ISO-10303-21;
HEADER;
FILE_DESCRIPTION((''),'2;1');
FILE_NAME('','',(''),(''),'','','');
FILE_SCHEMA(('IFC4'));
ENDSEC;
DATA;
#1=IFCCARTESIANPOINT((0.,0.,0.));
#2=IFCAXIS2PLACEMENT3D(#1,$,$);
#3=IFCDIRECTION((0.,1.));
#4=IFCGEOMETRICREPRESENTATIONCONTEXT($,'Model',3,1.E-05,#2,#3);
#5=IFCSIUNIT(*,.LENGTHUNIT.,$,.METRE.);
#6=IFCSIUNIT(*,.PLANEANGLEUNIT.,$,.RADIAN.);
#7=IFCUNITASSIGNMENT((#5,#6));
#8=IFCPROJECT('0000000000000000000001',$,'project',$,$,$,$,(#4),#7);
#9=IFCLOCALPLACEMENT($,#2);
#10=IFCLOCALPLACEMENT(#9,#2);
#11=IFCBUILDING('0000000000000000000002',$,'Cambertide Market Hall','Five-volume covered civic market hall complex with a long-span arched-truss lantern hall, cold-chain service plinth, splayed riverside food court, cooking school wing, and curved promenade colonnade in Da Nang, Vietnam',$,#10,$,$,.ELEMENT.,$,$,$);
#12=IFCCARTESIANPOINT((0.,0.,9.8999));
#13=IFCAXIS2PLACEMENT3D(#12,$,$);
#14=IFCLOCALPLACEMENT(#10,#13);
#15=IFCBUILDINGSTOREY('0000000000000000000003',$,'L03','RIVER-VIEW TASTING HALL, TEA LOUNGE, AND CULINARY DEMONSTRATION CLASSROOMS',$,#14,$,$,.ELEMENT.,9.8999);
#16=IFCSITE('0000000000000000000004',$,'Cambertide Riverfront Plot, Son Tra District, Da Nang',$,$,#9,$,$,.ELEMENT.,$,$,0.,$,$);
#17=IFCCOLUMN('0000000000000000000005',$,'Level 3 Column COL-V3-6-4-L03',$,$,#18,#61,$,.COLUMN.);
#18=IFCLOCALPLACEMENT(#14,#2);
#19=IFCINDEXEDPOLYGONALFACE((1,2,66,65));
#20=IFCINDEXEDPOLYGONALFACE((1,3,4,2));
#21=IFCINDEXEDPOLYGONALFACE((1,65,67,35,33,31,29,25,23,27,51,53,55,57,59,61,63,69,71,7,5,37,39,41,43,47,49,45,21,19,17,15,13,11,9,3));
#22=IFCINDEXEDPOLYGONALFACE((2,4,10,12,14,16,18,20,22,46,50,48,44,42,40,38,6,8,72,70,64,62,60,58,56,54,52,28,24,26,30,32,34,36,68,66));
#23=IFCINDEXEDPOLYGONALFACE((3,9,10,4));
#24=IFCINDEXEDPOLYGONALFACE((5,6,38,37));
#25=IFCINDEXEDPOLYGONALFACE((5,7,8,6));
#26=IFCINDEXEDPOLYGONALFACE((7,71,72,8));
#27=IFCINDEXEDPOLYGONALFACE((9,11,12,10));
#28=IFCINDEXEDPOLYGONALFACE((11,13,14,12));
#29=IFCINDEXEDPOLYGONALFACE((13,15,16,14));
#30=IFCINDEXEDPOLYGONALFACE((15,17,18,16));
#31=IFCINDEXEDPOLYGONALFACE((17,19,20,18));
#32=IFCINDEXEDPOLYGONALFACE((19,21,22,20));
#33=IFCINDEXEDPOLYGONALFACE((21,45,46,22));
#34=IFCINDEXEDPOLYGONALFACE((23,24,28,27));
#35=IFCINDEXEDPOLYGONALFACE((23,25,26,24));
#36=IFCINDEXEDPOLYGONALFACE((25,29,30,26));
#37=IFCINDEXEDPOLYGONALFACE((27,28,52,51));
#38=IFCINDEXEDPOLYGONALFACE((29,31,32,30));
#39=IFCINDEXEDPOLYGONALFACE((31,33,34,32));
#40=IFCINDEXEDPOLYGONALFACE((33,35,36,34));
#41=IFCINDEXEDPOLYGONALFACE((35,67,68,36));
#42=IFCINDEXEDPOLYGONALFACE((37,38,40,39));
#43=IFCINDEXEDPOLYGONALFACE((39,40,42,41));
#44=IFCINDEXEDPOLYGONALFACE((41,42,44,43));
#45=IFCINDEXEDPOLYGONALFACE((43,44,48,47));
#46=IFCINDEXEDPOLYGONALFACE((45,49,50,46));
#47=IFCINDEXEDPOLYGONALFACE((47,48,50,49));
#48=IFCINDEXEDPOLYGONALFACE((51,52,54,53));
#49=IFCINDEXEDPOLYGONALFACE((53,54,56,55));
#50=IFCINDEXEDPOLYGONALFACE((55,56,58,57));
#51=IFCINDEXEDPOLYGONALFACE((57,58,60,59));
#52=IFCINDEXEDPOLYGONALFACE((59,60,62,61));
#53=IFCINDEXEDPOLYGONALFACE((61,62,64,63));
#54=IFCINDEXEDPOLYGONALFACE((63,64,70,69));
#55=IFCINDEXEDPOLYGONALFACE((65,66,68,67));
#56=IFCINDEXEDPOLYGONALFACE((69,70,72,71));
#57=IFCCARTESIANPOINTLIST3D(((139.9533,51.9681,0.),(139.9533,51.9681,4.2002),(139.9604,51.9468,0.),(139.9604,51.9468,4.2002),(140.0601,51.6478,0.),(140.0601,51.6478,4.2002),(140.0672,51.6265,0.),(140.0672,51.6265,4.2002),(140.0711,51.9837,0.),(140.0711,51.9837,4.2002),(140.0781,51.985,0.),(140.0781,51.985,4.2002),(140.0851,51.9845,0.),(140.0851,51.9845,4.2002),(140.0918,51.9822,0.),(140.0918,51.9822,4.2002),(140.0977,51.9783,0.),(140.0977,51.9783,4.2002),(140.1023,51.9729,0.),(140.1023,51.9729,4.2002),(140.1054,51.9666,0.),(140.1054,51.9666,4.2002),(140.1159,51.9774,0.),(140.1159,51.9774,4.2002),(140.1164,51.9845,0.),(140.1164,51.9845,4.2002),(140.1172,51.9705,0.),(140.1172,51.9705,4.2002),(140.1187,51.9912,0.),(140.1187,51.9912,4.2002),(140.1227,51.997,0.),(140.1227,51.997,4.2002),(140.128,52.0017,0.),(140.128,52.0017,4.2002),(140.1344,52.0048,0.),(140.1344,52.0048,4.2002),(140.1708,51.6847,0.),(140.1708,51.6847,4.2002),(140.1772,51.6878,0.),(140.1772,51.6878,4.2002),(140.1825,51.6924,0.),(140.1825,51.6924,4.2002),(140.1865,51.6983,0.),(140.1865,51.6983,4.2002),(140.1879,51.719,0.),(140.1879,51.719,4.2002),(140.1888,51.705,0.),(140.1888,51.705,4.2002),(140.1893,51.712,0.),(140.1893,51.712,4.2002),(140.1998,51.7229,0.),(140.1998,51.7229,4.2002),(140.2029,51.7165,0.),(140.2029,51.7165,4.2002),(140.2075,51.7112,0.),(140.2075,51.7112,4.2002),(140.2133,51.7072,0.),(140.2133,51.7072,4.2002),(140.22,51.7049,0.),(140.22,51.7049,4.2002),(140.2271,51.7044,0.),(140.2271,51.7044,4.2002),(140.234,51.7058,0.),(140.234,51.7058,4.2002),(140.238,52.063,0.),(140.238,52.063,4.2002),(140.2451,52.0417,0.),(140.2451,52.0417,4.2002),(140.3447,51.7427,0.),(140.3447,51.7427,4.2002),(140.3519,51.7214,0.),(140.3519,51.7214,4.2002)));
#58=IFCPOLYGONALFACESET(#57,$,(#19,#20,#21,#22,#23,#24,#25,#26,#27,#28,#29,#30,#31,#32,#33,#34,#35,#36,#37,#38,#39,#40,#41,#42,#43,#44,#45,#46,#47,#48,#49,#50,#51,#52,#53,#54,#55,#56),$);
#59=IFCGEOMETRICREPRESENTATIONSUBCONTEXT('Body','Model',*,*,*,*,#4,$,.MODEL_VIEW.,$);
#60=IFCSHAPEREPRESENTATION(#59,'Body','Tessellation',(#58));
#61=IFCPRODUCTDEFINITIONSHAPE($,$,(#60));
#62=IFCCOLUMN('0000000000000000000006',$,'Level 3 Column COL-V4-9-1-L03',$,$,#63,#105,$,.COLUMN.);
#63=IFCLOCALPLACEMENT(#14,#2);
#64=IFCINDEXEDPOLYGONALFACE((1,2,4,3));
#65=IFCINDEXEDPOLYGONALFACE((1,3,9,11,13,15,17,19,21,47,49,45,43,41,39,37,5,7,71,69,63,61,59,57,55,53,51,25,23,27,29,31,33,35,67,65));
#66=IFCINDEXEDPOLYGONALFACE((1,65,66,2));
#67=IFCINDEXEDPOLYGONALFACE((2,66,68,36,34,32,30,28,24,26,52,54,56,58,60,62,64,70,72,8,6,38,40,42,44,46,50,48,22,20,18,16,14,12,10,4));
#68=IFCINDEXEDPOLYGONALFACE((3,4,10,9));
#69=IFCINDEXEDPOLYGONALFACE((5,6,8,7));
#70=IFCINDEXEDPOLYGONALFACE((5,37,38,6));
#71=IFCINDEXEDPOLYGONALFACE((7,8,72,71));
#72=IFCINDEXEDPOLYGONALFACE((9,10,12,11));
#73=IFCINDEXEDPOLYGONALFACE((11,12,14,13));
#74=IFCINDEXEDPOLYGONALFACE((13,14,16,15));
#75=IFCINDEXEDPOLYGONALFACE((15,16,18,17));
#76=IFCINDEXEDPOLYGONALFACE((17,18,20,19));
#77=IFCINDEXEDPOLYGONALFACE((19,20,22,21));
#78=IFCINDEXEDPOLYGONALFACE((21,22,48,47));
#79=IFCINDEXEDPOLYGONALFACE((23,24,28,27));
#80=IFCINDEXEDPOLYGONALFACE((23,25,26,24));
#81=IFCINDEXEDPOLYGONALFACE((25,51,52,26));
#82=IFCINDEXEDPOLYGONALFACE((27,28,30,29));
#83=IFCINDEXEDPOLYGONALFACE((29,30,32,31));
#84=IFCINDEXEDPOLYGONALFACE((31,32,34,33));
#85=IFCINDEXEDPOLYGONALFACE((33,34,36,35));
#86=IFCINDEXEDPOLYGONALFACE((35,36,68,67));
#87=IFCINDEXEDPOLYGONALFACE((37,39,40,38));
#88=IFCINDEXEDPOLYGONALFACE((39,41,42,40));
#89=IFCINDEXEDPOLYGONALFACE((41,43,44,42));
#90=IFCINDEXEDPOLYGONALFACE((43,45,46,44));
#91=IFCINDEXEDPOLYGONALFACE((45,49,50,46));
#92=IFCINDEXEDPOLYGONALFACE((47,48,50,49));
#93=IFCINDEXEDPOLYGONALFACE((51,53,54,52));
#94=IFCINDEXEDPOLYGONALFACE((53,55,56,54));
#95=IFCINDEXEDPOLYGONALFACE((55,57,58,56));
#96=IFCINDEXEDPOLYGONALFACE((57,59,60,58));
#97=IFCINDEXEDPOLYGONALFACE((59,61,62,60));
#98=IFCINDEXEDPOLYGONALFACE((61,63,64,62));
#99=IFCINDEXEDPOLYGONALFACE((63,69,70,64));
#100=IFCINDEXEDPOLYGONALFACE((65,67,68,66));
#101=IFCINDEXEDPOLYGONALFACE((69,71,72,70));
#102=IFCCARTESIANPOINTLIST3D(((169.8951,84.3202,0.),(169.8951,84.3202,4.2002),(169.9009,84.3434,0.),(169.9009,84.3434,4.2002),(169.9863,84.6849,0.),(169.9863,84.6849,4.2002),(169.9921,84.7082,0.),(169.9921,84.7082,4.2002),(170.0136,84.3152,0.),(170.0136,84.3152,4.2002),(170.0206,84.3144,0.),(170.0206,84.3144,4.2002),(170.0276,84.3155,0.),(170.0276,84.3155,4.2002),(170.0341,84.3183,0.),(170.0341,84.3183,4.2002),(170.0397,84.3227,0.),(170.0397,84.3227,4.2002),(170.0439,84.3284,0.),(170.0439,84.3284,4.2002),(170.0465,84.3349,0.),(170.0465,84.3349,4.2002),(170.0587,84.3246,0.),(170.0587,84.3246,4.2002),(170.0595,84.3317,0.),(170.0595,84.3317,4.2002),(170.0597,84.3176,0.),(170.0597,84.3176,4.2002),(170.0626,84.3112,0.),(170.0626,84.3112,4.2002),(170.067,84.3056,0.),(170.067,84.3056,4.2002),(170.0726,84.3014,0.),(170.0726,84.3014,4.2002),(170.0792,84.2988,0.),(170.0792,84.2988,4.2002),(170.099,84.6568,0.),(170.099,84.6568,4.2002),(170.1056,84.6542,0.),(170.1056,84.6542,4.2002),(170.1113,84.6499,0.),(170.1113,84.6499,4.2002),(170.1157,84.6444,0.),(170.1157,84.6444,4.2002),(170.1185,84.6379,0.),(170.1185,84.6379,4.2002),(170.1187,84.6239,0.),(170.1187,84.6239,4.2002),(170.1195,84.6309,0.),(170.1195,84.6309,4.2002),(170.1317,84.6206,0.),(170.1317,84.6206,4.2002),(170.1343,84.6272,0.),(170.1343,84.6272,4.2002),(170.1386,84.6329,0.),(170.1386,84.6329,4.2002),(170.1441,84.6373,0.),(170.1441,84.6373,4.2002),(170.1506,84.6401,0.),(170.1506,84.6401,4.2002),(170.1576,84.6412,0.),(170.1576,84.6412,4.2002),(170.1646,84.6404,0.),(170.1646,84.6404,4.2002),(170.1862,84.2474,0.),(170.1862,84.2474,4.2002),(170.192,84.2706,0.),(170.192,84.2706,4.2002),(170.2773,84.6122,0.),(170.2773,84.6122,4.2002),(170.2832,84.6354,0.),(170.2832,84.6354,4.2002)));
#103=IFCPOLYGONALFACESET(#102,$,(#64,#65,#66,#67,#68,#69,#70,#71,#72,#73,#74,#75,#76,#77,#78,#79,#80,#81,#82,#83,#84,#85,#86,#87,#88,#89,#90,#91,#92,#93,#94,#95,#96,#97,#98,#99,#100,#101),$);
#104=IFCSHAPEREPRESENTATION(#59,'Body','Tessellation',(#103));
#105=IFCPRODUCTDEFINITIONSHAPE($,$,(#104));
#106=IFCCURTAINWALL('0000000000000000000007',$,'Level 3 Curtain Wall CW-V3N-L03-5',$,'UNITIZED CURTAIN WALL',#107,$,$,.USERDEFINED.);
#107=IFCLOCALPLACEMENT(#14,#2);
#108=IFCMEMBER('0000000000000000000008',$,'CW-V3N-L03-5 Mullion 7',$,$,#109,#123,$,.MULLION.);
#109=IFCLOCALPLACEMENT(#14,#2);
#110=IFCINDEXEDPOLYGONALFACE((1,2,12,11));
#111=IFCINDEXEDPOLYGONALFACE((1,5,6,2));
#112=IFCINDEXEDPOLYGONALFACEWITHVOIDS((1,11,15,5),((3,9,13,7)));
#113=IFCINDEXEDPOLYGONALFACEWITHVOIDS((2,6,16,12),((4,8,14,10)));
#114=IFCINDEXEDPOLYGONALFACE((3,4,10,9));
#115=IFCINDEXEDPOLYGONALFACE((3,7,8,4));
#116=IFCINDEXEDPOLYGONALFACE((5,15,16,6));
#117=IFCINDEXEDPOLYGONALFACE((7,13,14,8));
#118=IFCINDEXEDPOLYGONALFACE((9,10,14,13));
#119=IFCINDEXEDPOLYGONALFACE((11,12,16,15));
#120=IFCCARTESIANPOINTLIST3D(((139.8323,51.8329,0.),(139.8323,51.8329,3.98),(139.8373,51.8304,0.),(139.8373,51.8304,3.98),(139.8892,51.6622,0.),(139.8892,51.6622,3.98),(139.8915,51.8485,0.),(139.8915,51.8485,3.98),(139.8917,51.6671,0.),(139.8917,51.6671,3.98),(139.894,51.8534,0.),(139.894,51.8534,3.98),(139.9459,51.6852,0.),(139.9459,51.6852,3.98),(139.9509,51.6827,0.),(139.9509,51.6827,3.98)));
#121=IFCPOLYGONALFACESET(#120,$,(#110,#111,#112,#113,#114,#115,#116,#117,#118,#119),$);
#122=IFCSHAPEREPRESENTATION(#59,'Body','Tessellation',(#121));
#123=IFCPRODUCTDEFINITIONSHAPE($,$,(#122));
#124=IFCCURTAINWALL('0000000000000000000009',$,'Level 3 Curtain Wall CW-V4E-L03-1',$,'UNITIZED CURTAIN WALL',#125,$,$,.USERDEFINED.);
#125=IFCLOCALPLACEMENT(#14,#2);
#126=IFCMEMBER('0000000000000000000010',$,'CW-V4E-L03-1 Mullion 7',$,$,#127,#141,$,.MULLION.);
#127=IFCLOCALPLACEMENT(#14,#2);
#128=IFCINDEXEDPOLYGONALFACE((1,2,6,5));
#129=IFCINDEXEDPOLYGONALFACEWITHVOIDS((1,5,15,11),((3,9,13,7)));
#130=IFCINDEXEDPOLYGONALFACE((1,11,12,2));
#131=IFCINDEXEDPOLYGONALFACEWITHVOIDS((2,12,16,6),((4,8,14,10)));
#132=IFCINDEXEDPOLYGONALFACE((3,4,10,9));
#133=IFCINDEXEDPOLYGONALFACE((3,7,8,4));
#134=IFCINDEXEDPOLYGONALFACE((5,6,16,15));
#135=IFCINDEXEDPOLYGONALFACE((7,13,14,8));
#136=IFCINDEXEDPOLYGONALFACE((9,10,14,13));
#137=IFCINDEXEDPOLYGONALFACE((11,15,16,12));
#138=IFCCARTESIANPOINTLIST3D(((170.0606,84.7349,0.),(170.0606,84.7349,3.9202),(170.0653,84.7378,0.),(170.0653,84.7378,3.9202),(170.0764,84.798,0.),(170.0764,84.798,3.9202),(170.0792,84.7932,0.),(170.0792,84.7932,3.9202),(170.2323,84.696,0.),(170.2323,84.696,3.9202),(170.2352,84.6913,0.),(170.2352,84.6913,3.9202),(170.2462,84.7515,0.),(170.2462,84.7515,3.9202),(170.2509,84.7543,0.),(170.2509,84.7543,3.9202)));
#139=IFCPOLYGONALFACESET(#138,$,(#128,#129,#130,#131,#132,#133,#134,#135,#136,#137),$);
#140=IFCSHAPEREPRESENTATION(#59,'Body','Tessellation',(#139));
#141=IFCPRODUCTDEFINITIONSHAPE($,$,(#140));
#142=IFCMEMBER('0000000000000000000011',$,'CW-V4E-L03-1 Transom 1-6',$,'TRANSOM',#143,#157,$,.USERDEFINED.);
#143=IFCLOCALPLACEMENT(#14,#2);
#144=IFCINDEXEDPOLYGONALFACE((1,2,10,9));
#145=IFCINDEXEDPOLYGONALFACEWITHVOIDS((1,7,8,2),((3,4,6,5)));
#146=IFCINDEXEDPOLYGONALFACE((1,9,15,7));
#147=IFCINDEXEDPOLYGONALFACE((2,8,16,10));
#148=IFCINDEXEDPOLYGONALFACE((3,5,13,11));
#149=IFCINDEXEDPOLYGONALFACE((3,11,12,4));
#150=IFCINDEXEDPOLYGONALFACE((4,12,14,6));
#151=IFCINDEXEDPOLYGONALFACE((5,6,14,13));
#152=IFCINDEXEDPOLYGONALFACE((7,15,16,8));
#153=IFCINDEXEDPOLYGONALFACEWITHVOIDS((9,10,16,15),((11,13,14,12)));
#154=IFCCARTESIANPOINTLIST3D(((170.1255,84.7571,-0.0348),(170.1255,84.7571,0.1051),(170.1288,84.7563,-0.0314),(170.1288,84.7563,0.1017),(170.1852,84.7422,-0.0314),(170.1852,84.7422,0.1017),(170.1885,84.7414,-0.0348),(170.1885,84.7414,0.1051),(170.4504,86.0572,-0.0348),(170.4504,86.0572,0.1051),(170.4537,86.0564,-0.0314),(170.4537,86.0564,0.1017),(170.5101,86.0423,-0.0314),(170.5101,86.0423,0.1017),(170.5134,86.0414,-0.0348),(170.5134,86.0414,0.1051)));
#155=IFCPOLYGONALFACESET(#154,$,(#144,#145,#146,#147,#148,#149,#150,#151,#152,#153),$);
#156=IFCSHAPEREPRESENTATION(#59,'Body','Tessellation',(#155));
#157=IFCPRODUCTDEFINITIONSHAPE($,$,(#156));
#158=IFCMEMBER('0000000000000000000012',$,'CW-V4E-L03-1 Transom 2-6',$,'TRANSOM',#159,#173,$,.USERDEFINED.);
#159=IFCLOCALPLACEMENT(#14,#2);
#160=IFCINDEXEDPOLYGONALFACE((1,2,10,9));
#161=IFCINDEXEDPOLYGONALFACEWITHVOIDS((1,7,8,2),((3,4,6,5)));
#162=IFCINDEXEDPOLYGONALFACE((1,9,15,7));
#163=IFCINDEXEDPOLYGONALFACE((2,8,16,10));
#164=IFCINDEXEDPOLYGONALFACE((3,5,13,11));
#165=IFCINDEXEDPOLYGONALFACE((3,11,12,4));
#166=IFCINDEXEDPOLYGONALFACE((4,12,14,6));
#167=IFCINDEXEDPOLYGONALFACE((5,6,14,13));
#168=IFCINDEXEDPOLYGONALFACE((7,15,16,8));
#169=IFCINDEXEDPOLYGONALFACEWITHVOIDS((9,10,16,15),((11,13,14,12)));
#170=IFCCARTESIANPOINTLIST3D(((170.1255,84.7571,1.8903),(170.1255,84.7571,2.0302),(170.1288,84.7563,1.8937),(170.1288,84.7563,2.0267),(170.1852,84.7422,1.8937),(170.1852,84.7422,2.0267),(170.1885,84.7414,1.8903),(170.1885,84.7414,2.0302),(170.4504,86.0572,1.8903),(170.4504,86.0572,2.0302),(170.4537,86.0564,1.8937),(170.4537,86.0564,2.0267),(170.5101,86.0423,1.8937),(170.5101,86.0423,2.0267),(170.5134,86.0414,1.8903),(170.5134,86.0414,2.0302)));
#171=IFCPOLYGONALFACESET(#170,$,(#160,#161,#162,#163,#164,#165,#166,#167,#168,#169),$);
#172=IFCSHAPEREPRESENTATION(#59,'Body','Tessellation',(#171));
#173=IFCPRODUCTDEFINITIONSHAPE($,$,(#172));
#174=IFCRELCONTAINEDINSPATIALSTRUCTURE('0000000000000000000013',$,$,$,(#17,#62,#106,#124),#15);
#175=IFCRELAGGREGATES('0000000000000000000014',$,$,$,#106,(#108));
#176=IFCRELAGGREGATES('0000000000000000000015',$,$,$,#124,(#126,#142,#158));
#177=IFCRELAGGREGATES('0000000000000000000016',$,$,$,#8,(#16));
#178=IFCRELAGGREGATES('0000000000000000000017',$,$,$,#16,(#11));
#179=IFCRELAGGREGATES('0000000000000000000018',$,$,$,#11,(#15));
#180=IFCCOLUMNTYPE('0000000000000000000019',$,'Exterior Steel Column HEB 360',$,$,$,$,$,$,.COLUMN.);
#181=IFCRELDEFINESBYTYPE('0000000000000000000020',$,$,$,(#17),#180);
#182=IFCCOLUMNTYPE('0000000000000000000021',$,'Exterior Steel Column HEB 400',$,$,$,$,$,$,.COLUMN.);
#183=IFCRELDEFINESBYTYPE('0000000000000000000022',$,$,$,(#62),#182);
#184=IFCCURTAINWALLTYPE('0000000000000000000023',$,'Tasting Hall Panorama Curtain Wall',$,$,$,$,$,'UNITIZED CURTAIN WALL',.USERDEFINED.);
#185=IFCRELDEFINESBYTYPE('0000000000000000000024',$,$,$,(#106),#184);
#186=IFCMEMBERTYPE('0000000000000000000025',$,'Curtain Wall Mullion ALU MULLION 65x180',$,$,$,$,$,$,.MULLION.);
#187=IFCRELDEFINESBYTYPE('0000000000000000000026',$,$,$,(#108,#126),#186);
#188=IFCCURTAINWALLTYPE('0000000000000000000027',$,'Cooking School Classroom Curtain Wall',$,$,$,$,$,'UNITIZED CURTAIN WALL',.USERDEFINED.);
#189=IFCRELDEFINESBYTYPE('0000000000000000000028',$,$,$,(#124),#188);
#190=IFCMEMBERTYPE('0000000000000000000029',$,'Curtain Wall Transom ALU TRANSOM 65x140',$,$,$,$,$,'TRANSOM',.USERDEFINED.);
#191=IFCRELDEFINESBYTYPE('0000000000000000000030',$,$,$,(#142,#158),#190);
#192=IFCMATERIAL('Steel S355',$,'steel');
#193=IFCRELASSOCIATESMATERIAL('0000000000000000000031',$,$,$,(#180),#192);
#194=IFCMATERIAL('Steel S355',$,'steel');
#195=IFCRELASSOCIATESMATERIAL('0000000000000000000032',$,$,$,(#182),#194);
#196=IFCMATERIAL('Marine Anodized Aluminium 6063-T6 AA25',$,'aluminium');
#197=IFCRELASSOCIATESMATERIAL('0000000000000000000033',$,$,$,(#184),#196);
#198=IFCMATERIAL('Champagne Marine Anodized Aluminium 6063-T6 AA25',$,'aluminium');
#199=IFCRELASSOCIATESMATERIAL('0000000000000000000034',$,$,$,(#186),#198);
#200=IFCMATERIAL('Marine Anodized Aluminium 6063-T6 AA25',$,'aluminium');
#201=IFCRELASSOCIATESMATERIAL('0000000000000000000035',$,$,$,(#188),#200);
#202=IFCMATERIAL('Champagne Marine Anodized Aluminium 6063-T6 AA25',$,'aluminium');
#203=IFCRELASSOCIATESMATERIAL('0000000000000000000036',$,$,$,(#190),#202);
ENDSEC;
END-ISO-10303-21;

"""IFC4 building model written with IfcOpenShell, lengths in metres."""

from ifc_helpers import new_model, si_unit, direction, frame, origin, origin_2d, place, context, subcontext, project, spatial, hollow_rectangle, i_section, extrude, material, material_profile, profile_set, type_object, element, aggregate, save


model = new_model("IFC4")

# Units and contexts
model_context = context("Model", 3, precision=1e-05, world=origin(), true_north=direction((0.0, 1.0)))
body_context = subcontext(model_context, "Body", "Model", "MODEL_VIEW")
ifc_project = project(units=[si_unit("LENGTHUNIT", "METRE"), si_unit("PLANEANGLEUNIT", "RADIAN")], contexts=[model_context])

# Site, building, storey
site_placement = place(None, origin())
site = spatial("IfcSite", under=ifc_project, at=site_placement, Name="Cambertide Riverfront Plot, Son Tra District, Da Nang", CompositionType="ELEMENT", RefElevation=0.0)
building_placement = place(site_placement, origin())
building = spatial("IfcBuilding", under=site, at=building_placement, Name="Cambertide Market Hall", Description="Five-volume covered civic market hall complex with a long-span arched-truss lantern hall, cold-chain service plinth, splayed riverside food court, cooking school wing, and curved promenade colonnade in Da Nang, Vietnam", CompositionType="ELEMENT")
storey_placement = place(building_placement, frame((0.0, 0.0, 9.8999)))
storey = spatial("IfcBuildingStorey", under=building, at=storey_placement, Name="L03", Description="RIVER-VIEW TASTING HALL, TEA LOUNGE, AND CULINARY DEMONSTRATION CLASSROOMS", CompositionType="ELEMENT", Elevation=9.8999)

# Columns
ifc_material_1 = material(Name="Steel S355", Category="steel")
ifc_material_profile_1 = material_profile(ifc_material_1, i_section(OverallWidth=0.3, OverallDepth=0.3601, WebThickness=0.0125, FlangeThickness=0.0225, FilletRadius=0.0271, at=origin_2d()), Name="HEB 360")
ifc_profile_set_1 = profile_set([ifc_material_profile_1], Name="Steel S355")
column_type_1 = type_object("IfcColumnType", Name="Exterior Steel Column HEB 360", PredefinedType="COLUMN", material=ifc_profile_set_1)
column_1_placement = place(storey_placement, frame((140.1526, 51.8447, 0.0), z_axis=(0.0, 0.0, 1.0), x_axis=(0.948683, 0.316228, 0.0)))
element("IfcColumn", 1, at=column_1_placement, inside=storey, type_object=column_type_1, Name="Level 3 Column COL-V3-6-4-L03", PredefinedType="COLUMN", context=body_context, shape_type="SweptSolid", body=[
    extrude(i_section(OverallWidth=0.3, OverallDepth=0.3601, WebThickness=0.0125, FlangeThickness=0.0225, FilletRadius=0.0271, at=origin_2d()), origin(), (0.0, 0.0, 1.0), 4.2002),
])
ifc_material_2 = material(Name="Steel S355", Category="steel")
ifc_material_profile_2 = material_profile(ifc_material_2, i_section(OverallWidth=0.3, OverallDepth=0.3999, WebThickness=0.0134, FlangeThickness=0.0239, FilletRadius=0.0271, at=origin_2d()), Name="HEB 400")
ifc_profile_set_2 = profile_set([ifc_material_profile_2], Name="Steel S355")
column_type_2 = type_object("IfcColumnType", Name="Exterior Steel Column HEB 400", PredefinedType="COLUMN", material=ifc_profile_set_2)
column_2_placement = place(storey_placement, frame((170.0891, 84.4778, 0.0), z_axis=(0.0, 0.0, 1.0), x_axis=(0.970143, -0.242536, 0.0)))
element("IfcColumn", 2, at=column_2_placement, inside=storey, type_object=column_type_2, Name="Level 3 Column COL-V4-9-1-L03", PredefinedType="COLUMN", context=body_context, shape_type="SweptSolid", body=[
    extrude(i_section(OverallWidth=0.3, OverallDepth=0.3999, WebThickness=0.0134, FlangeThickness=0.0239, FilletRadius=0.0271, at=origin_2d()), origin(), (0.0, 0.0, 1.0), 4.2002),
])

# Curtain wall, member
ifc_material_3 = material(Name="Marine Anodized Aluminium 6063-T6 AA25", Category="aluminium")
curtain_wall_type_1 = type_object("IfcCurtainWallType", Name="Tasting Hall Panorama Curtain Wall", ElementType="UNITIZED CURTAIN WALL", PredefinedType="USERDEFINED", material=ifc_material_3)
curtain_wall_1_placement = place(storey_placement, origin())
curtain_wall_1 = element("IfcCurtainWall", 3, at=curtain_wall_1_placement, inside=storey, type_object=curtain_wall_type_1, Name="Level 3 Curtain Wall CW-V3N-L03-5", ObjectType="UNITIZED CURTAIN WALL", PredefinedType="USERDEFINED")
ifc_material_4 = material(Name="Champagne Marine Anodized Aluminium 6063-T6 AA25", Category="aluminium")
ifc_material_profile_3 = material_profile(ifc_material_4, hollow_rectangle(XDim=0.0649, YDim=0.1799, WallThickness=0.0039, at=origin_2d()), Name="ALU MULLION 65x180")
ifc_profile_set_3 = profile_set([ifc_material_profile_3], Name="Champagne Marine Anodized Aluminium 6063-T6 AA25")
member_type_1 = type_object("IfcMemberType", Name="Curtain Wall Mullion ALU MULLION 65x180", PredefinedType="MULLION", material=ifc_profile_set_3)
member_1_placement = place(storey_placement, frame((139.8916, 51.7578, 0.0), z_axis=(0.0, 0.0, 1.0), x_axis=(0.948683, 0.316228, 0.0)))
member_1 = element("IfcMember", 4, at=member_1_placement, type_object=member_type_1, Name="CW-V3N-L03-5 Mullion 7", PredefinedType="MULLION", context=body_context, shape_type="SweptSolid", body=[
    extrude(hollow_rectangle(XDim=0.0649, YDim=0.1799, WallThickness=0.0039, at=origin_2d()), origin(), (0.0, 0.0, 1.0), 3.98),
])

# Curtain wall, members
ifc_material_5 = material(Name="Marine Anodized Aluminium 6063-T6 AA25", Category="aluminium")
curtain_wall_type_2 = type_object("IfcCurtainWallType", Name="Cooking School Classroom Curtain Wall", ElementType="UNITIZED CURTAIN WALL", PredefinedType="USERDEFINED", material=ifc_material_5)
curtain_wall_2_placement = place(storey_placement, origin())
curtain_wall_2 = element("IfcCurtainWall", 5, at=curtain_wall_2_placement, inside=storey, type_object=curtain_wall_type_2, Name="Level 3 Curtain Wall CW-V4E-L03-1", ObjectType="UNITIZED CURTAIN WALL", PredefinedType="USERDEFINED")
member_2_placement = place(storey_placement, frame((170.1558, 84.7446, 0.0), z_axis=(0.0, 0.0, 1.0), x_axis=(-0.242536, -0.970143, 0.0)))
member_2 = element("IfcMember", 6, at=member_2_placement, type_object=member_type_1, Name="CW-V4E-L03-1 Mullion 7", PredefinedType="MULLION", context=body_context, shape_type="SweptSolid", body=[
    extrude(hollow_rectangle(XDim=0.0649, YDim=0.1799, WallThickness=0.0039, at=origin_2d()), origin(), (0.0, 0.0, 1.0), 3.9202),
])
ifc_material_6 = material(Name="Champagne Marine Anodized Aluminium 6063-T6 AA25", Category="aluminium")
ifc_material_profile_4 = material_profile(ifc_material_6, hollow_rectangle(XDim=0.0649, YDim=0.1399, WallThickness=0.0034, at=origin_2d()), Name="ALU TRANSOM 65x140")
ifc_profile_set_4 = profile_set([ifc_material_profile_4], Name="Champagne Marine Anodized Aluminium 6063-T6 AA25")
member_type_2 = type_object("IfcMemberType", Name="Curtain Wall Transom ALU TRANSOM 65x140", ElementType="TRANSOM", PredefinedType="USERDEFINED", material=ifc_profile_set_4)
member_3_placement = place(storey_placement, frame((170.4819, 86.0493, 0.0352), z_axis=(-0.242493, -0.970153, 0.0), x_axis=(0.970153, -0.242493, 0.0)))
member_3 = element("IfcMember", 7, at=member_3_placement, type_object=member_type_2, Name="CW-V4E-L03-1 Transom 1-6", ObjectType="TRANSOM", PredefinedType="USERDEFINED", context=body_context, shape_type="SweptSolid", body=[
    extrude(hollow_rectangle(XDim=0.0649, YDim=0.1399, WallThickness=0.0034, at=origin_2d()), origin(), (0.0, 0.0, 1.0), 1.3401),
])
member_4_placement = place(storey_placement, frame((170.4819, 86.0493, 1.9602), z_axis=(-0.242493, -0.970153, 0.0), x_axis=(0.970153, -0.242493, 0.0)))
member_4 = element("IfcMember", 8, at=member_4_placement, type_object=member_type_2, Name="CW-V4E-L03-1 Transom 2-6", ObjectType="TRANSOM", PredefinedType="USERDEFINED", context=body_context, shape_type="SweptSolid", body=[
    extrude(hollow_rectangle(XDim=0.0649, YDim=0.1399, WallThickness=0.0034, at=origin_2d()), origin(), (0.0, 0.0, 1.0), 1.3401),
])

aggregate(curtain_wall_1, [member_1])
aggregate(curtain_wall_2, [member_2, member_3, member_4])

save(model, "model.ifc")
